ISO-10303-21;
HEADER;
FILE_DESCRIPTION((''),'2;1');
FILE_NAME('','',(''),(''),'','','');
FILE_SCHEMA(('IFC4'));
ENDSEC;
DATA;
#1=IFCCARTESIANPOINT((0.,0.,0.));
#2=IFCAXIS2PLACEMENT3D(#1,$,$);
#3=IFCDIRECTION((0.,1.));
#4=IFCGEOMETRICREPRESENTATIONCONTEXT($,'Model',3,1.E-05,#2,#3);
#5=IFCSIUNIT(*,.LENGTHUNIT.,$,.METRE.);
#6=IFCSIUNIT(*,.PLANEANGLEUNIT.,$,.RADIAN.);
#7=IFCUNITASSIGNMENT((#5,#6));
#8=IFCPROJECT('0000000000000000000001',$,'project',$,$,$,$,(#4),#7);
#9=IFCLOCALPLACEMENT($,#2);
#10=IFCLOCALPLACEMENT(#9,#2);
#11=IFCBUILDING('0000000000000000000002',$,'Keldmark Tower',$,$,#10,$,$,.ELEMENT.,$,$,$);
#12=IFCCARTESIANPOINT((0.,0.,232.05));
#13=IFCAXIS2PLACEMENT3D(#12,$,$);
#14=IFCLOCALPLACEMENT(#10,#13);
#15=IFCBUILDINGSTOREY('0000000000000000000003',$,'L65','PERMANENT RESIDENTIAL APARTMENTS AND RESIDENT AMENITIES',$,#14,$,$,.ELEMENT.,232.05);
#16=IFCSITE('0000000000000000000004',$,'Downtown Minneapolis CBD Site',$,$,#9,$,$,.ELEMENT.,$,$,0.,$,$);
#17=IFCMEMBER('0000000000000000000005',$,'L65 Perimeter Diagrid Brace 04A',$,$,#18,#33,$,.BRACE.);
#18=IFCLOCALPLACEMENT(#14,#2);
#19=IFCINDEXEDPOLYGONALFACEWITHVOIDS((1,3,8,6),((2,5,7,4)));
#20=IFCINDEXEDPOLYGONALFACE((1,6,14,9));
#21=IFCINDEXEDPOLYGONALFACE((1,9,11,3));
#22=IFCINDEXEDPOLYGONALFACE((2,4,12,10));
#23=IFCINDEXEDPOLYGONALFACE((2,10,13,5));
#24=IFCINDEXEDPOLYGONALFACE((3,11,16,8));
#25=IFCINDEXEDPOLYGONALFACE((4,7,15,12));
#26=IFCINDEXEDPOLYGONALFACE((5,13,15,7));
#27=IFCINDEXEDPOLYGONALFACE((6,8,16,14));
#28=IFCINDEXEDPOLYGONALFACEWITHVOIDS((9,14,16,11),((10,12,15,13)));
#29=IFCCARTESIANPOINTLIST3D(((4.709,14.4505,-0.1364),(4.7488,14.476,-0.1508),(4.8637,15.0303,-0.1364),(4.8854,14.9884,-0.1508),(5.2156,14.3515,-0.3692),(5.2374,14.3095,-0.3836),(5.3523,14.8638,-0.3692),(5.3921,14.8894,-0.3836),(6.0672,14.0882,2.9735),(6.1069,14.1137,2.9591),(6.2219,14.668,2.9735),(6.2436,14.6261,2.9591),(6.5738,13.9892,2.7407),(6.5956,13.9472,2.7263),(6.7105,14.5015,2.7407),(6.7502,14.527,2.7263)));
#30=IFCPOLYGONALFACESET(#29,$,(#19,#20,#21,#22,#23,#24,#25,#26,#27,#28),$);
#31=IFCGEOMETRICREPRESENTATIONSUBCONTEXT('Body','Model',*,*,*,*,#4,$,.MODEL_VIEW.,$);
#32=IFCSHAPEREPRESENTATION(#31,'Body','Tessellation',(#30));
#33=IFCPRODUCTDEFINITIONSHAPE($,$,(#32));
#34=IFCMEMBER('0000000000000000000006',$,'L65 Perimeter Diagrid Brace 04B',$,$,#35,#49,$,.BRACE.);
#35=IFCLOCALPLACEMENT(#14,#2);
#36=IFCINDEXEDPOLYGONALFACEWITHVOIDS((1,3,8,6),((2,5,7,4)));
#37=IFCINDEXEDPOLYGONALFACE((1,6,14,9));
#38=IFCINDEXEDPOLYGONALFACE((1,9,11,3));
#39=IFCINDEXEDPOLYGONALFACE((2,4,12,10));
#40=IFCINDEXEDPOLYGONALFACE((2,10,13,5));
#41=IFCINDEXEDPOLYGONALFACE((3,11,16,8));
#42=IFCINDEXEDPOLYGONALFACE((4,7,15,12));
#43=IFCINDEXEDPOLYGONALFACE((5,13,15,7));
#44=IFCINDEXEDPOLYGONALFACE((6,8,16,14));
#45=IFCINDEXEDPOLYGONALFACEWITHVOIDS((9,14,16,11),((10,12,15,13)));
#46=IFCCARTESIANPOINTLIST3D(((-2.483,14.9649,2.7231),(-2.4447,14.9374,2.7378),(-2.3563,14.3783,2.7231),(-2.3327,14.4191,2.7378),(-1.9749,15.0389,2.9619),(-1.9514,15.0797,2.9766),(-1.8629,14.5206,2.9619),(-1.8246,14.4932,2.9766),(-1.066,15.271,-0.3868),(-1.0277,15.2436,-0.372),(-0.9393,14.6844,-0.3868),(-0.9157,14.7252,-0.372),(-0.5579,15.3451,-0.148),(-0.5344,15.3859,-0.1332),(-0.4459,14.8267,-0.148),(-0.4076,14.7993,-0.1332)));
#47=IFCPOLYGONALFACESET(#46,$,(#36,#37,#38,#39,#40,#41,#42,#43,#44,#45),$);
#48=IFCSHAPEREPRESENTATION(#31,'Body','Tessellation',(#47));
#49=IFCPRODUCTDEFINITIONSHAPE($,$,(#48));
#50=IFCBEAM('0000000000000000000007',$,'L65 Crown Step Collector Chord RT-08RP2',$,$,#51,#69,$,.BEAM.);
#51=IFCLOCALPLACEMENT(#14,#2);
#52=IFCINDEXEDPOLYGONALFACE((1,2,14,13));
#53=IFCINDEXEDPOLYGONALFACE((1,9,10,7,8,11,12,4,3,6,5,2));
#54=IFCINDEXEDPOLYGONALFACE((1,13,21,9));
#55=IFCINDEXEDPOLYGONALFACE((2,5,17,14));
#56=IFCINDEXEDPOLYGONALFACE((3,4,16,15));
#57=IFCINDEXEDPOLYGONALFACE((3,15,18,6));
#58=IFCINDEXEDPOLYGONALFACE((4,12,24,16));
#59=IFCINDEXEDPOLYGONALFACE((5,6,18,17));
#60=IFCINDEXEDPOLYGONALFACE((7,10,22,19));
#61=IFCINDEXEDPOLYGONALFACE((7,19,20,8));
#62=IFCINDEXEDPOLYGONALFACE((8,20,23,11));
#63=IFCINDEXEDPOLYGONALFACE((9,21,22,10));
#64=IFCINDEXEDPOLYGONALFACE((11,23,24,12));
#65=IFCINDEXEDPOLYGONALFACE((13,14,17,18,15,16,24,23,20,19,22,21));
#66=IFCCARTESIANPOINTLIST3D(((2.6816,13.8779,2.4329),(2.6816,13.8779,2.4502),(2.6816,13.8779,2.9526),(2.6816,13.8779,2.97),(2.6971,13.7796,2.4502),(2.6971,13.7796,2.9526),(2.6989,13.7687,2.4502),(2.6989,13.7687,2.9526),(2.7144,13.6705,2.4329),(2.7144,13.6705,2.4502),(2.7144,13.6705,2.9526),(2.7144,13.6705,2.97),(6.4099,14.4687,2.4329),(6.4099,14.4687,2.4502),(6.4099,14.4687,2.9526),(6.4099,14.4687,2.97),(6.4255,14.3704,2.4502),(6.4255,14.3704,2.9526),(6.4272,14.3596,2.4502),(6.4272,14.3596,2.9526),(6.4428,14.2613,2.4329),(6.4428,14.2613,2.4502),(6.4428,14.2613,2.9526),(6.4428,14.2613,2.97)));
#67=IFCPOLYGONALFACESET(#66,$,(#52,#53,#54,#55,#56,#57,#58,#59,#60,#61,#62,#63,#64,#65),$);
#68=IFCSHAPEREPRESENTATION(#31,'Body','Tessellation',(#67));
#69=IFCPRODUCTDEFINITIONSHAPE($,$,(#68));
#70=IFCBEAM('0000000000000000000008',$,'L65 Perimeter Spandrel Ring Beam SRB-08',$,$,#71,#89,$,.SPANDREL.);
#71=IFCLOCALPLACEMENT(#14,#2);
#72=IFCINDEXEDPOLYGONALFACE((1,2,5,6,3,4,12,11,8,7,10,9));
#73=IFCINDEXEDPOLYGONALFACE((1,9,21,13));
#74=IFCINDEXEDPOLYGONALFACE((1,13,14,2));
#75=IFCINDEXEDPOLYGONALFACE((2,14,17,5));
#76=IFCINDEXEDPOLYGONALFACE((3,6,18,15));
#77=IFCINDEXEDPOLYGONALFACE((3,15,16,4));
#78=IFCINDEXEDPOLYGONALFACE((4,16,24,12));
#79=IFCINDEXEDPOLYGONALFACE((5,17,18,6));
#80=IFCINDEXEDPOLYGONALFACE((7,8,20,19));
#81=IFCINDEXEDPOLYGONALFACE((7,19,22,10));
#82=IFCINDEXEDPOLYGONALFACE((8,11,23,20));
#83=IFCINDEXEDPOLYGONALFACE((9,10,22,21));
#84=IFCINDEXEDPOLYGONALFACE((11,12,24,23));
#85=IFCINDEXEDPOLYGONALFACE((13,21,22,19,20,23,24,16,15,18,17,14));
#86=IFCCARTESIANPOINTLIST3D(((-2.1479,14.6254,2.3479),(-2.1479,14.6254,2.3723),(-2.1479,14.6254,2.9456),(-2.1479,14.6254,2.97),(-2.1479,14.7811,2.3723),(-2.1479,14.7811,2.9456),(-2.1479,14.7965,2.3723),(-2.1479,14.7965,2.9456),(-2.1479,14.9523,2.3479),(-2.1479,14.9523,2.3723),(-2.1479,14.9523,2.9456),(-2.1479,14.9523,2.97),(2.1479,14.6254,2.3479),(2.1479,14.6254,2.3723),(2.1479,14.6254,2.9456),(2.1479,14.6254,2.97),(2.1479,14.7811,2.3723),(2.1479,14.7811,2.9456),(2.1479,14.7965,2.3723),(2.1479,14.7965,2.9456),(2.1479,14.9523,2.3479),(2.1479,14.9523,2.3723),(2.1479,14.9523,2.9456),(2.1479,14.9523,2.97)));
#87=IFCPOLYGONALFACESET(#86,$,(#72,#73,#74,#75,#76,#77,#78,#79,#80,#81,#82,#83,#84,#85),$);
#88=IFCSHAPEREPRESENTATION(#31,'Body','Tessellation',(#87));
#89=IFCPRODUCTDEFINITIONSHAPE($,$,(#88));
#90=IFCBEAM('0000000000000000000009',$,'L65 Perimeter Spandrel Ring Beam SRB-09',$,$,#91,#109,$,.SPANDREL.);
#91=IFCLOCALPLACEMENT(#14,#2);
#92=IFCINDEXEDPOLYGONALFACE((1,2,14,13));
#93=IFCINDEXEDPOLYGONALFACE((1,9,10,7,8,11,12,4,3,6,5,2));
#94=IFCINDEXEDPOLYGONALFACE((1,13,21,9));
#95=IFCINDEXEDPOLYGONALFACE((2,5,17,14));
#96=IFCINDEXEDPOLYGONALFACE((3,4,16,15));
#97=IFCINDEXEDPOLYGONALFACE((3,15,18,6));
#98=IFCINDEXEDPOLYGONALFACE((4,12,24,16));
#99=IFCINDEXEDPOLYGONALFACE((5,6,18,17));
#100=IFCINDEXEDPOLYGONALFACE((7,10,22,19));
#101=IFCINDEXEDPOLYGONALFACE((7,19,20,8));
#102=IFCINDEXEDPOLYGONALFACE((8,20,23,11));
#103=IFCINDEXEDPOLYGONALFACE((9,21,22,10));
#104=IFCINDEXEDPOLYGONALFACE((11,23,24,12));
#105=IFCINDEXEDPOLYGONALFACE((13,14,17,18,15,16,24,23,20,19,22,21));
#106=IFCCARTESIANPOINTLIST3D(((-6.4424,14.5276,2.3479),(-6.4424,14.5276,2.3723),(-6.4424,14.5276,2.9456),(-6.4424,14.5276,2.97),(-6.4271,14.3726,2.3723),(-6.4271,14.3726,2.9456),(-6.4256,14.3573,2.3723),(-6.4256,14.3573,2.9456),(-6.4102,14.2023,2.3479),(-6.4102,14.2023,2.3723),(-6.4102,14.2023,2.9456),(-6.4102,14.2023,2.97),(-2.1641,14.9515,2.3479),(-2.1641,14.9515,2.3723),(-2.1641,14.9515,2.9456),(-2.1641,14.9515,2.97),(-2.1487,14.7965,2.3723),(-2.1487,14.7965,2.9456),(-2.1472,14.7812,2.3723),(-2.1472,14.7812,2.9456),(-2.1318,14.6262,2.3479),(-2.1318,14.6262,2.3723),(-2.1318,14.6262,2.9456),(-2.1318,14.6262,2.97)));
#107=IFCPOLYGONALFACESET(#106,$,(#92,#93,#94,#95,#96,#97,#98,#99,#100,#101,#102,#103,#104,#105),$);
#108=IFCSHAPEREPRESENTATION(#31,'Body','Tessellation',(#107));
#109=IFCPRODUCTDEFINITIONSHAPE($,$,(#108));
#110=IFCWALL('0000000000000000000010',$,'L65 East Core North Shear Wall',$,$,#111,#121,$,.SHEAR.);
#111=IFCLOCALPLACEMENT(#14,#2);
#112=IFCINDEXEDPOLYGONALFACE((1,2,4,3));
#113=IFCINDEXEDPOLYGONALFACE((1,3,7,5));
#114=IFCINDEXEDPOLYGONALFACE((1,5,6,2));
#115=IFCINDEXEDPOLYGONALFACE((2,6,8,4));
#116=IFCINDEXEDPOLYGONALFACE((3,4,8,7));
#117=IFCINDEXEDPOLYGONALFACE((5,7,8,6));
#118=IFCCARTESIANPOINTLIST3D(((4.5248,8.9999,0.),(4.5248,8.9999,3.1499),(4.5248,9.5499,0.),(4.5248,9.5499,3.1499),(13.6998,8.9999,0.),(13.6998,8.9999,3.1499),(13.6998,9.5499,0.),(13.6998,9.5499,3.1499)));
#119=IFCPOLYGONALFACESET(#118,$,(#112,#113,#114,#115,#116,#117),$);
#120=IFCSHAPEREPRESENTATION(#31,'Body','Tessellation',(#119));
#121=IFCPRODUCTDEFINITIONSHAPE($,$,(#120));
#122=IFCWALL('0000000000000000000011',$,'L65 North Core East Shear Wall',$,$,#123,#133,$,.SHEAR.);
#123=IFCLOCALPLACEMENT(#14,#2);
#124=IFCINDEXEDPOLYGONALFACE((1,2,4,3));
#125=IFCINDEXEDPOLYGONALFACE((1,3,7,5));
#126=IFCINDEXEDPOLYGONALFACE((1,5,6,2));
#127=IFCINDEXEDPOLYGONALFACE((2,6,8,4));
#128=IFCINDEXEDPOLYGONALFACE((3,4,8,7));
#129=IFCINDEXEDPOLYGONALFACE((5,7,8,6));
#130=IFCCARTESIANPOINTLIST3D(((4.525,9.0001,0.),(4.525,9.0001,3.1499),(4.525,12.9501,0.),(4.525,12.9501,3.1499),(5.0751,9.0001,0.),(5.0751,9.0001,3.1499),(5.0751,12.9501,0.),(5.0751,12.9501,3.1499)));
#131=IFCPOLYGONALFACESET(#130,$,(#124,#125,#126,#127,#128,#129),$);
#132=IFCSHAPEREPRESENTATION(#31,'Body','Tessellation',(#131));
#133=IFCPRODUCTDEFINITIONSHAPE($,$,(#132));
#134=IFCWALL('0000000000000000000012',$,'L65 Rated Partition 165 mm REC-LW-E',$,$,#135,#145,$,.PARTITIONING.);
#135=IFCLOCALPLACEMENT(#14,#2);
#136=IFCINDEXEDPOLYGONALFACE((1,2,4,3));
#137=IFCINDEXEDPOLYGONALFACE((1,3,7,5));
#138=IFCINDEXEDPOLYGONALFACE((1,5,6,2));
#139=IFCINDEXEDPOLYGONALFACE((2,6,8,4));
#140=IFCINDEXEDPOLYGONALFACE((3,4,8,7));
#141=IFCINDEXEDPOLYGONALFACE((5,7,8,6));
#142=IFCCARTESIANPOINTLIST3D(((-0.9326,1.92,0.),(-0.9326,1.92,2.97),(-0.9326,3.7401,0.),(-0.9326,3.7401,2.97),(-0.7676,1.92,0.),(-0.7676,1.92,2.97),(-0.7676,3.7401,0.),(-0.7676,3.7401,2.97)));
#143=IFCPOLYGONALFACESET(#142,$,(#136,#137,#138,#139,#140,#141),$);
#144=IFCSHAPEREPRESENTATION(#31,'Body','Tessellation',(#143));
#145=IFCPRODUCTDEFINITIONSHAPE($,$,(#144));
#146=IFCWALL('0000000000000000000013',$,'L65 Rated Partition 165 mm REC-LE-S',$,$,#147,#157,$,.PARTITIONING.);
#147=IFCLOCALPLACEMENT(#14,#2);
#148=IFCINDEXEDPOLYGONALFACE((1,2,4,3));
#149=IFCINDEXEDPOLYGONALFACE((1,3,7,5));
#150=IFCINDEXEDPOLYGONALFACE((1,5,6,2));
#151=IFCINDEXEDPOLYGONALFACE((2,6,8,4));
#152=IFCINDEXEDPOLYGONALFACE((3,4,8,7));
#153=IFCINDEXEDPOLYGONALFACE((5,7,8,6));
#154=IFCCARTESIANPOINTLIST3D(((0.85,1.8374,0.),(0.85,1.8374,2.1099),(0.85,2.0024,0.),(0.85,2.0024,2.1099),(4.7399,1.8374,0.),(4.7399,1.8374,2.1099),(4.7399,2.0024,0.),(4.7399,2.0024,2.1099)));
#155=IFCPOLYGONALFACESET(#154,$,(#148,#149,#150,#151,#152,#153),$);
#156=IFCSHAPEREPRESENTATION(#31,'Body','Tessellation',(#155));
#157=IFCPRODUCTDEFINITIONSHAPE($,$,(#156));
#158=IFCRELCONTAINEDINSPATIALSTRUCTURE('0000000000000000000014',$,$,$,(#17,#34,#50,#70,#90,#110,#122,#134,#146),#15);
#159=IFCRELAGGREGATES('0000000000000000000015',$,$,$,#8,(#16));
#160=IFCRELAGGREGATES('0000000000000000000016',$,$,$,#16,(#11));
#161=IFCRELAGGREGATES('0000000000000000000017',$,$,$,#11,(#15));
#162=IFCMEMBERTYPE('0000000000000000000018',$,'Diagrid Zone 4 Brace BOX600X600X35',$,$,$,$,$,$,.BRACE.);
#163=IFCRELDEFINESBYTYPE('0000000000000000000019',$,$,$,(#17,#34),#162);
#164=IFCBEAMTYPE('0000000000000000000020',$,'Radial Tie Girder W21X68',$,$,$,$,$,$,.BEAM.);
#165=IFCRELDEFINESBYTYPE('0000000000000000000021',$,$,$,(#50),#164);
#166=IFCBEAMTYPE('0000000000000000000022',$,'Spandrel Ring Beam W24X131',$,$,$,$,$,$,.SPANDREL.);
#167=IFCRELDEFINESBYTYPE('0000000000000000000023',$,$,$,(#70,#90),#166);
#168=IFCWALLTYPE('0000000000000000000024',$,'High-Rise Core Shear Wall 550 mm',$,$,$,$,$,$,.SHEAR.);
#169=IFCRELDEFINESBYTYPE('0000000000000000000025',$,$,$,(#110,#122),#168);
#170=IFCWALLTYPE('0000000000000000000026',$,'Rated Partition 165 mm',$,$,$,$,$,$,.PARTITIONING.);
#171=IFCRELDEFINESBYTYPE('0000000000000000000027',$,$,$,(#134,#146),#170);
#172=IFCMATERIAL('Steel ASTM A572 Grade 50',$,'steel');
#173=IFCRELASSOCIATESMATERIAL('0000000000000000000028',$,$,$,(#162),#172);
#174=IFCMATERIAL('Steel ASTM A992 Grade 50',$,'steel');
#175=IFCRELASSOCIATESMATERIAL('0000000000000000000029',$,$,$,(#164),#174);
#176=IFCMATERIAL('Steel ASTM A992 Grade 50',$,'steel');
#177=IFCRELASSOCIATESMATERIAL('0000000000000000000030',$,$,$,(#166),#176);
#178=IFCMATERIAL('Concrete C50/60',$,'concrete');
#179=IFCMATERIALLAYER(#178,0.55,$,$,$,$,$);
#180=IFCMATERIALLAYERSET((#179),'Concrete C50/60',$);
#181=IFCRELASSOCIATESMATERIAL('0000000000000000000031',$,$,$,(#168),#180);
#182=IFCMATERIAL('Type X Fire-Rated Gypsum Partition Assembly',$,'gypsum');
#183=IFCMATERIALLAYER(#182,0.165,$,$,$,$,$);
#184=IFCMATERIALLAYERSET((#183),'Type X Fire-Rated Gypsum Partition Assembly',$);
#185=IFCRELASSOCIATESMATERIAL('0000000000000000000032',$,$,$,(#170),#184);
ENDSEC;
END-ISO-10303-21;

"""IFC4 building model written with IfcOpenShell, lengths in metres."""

from ifc_helpers import new_model, si_unit, direction, frame, frame_2d, origin, origin_2d, place, context, subcontext, project, spatial, rectangle, hollow_rectangle, i_section, extrude, material, layer, layer_set, material_profile, profile_set, type_object, element, save


model = new_model("IFC4")

# Units and contexts
model_context = context("Model", 3, precision=1e-05, world=origin(), true_north=direction((0.0, 1.0)))
body_context = subcontext(model_context, "Body", "Model", "MODEL_VIEW")
ifc_project = project(units=[si_unit("LENGTHUNIT", "METRE"), si_unit("PLANEANGLEUNIT", "RADIAN")], contexts=[model_context])

# Site, building, storey
site_placement = place(None, origin())
site = spatial("IfcSite", under=ifc_project, at=site_placement, Name="Downtown Minneapolis CBD Site", CompositionType="ELEMENT", RefElevation=0.0)
building_placement = place(site_placement, origin())
building = spatial("IfcBuilding", under=site, at=building_placement, Name="Keldmark Tower", CompositionType="ELEMENT")
storey_placement = place(building_placement, frame((0.0, 0.0, 232.05)))
storey = spatial("IfcBuildingStorey", under=building, at=storey_placement, Name="L65", Description="PERMANENT RESIDENTIAL APARTMENTS AND RESIDENT AMENITIES", CompositionType="ELEMENT", Elevation=232.05)

# Members
ifc_material_1 = material(Name="Steel ASTM A572 Grade 50", Category="steel")
ifc_material_profile_1 = material_profile(ifc_material_1, hollow_rectangle(XDim=0.6001, YDim=0.6001, WallThickness=0.0349, at=origin_2d()), Name="BOX600X600X35")
ifc_profile_set_1 = profile_set([ifc_material_profile_1], Name="Steel ASTM A572 Grade 50")
member_type = type_object("IfcMemberType", Name="Diagrid Zone 4 Brace BOX600X600X35", PredefinedType="BRACE", material=ifc_profile_set_1)
member_1_placement = place(storey_placement, frame((5.0505, 14.6699, -0.26), z_axis=(0.397961, -0.106161, 0.911239), x_axis=(0.257749, 0.966212, 0.0)))
element("IfcMember", 1, at=member_1_placement, inside=storey, type_object=member_type, Name="L65 Perimeter Diagrid Brace 04A", PredefinedType="BRACE", context=body_context, shape_type="SweptSolid", body=[
    extrude(hollow_rectangle(XDim=0.6001, YDim=0.6001, WallThickness=0.0349, at=origin_2d()), origin(), (0.0, 0.0, 1.0), 3.4128),
])
member_2_placement = place(storey_placement, frame((-0.7368, 15.0352, -0.26), z_axis=(-0.412978, -0.089227, 0.90636), x_axis=(0.211185, -0.977446, 0.0)))
element("IfcMember", 2, at=member_2_placement, inside=storey, type_object=member_type, Name="L65 Perimeter Diagrid Brace 04B", PredefinedType="BRACE", context=body_context, shape_type="SweptSolid", body=[
    extrude(hollow_rectangle(XDim=0.6001, YDim=0.6001, WallThickness=0.0349, at=origin_2d()), origin(), (0.0, 0.0, 1.0), 3.4312),
])

# Beams
ifc_material_2 = material(Name="Steel ASTM A992 Grade 50", Category="steel")
ifc_material_profile_2 = material_profile(ifc_material_2, i_section(OverallWidth=0.21, OverallDepth=0.5371, WebThickness=0.011, FlangeThickness=0.0173, at=origin_2d()), Name="W21X68")
ifc_profile_set_2 = profile_set([ifc_material_profile_2], Name="Steel ASTM A992 Grade 50")
beam_type_1 = type_object("IfcBeamType", Name="Radial Tie Girder W21X68", PredefinedType="BEAM", material=ifc_profile_set_2)
beam_1_placement = place(storey_placement, frame((2.698, 13.7742, 2.7014), z_axis=(0.987675, 0.156517, 0.0), x_axis=(-0.156517, 0.987675, 0.0)))
element("IfcBeam", 3, at=beam_1_placement, inside=storey, type_object=beam_type_1, Name="L65 Crown Step Collector Chord RT-08RP2", PredefinedType="BEAM", context=body_context, shape_type="SweptSolid", body=[
    extrude(i_section(OverallWidth=0.21, OverallDepth=0.5371, WebThickness=0.011, FlangeThickness=0.0173, at=origin_2d()), origin(), (0.0, 0.0, 1.0), 3.7749),
])
ifc_material_3 = material(Name="Steel ASTM A992 Grade 50", Category="steel")
ifc_material_profile_3 = material_profile(ifc_material_3, i_section(OverallWidth=0.3269, OverallDepth=0.6221, WebThickness=0.0154, FlangeThickness=0.0244, at=origin_2d()), Name="W24X131")
ifc_profile_set_3 = profile_set([ifc_material_profile_3], Name="Steel ASTM A992 Grade 50")
beam_type_2 = type_object("IfcBeamType", Name="Spandrel Ring Beam W24X131", PredefinedType="SPANDREL", material=ifc_profile_set_3)
beam_2_placement = place(storey_placement, frame((2.1479, 14.7888, 2.6589), z_axis=(-1.0, 0.0, 0.0), x_axis=(0.0, -1.0, 0.0)))
element("IfcBeam", 4, at=beam_2_placement, inside=storey, type_object=beam_type_2, Name="L65 Perimeter Spandrel Ring Beam SRB-08", PredefinedType="SPANDREL", context=body_context, shape_type="SweptSolid", body=[
    extrude(i_section(OverallWidth=0.3269, OverallDepth=0.6221, WebThickness=0.0154, FlangeThickness=0.0244, at=origin_2d()), origin(), (0.0, 0.0, 1.0), 4.2959),
])
beam_3_placement = place(storey_placement, frame((-2.1479, 14.7888, 2.6589), z_axis=(-0.995129, -0.098582, 0.0), x_axis=(0.098582, -0.995129, 0.0)))
element("IfcBeam", 5, at=beam_3_placement, inside=storey, type_object=beam_type_2, Name="L65 Perimeter Spandrel Ring Beam SRB-09", PredefinedType="SPANDREL", context=body_context, shape_type="SweptSolid", body=[
    extrude(i_section(OverallWidth=0.3269, OverallDepth=0.6221, WebThickness=0.0154, FlangeThickness=0.0244, at=origin_2d()), origin(), (0.0, 0.0, 1.0), 4.2993),
])

# Walls
ifc_material_4 = material(Name="Concrete C50/60", Category="concrete")
ifc_layer_1 = layer(ifc_material_4, 0.55)
ifc_layer_set_1 = layer_set([ifc_layer_1], Name="Concrete C50/60")
wall_type_1 = type_object("IfcWallType", Name="High-Rise Core Shear Wall 550 mm", PredefinedType="SHEAR", material=ifc_layer_set_1)
wall_1_placement = place(storey_placement, frame((4.5249, 9.2749, 0.0), z_axis=(0.0, 0.0, 1.0), x_axis=(1.0, 0.0, 0.0)))
element("IfcWall", 6, at=wall_1_placement, inside=storey, type_object=wall_type_1, Name="L65 East Core North Shear Wall", PredefinedType="SHEAR", context=body_context, shape_type="SweptSolid", body=[
    extrude(rectangle(XDim=9.175, YDim=0.55, at=frame_2d((4.5874, 0.0))), origin(), (0.0, 0.0, 1.0), 3.1499),
])
wall_2_placement = place(storey_placement, frame((4.8, 9.0, 0.0), z_axis=(0.0, 0.0, 1.0), x_axis=(0.0, 1.0, 0.0)))
element("IfcWall", 7, at=wall_2_placement, inside=storey, type_object=wall_type_1, Name="L65 North Core East Shear Wall", PredefinedType="SHEAR", context=body_context, shape_type="SweptSolid", body=[
    extrude(rectangle(XDim=3.95, YDim=0.55, at=frame_2d((1.9751, 0.0))), origin(), (0.0, 0.0, 1.0), 3.1499),
])
ifc_material_5 = material(Name="Type X Fire-Rated Gypsum Partition Assembly", Category="gypsum")
ifc_layer_2 = layer(ifc_material_5, 0.165)
ifc_layer_set_2 = layer_set([ifc_layer_2], Name="Type X Fire-Rated Gypsum Partition Assembly")
wall_type_2 = type_object("IfcWallType", Name="Rated Partition 165 mm", PredefinedType="PARTITIONING", material=ifc_layer_set_2)
wall_3_placement = place(storey_placement, frame((-0.8501, 1.9199, 0.0), z_axis=(0.0, 0.0, 1.0), x_axis=(0.0, 1.0, 0.0)))
element("IfcWall", 8, at=wall_3_placement, inside=storey, type_object=wall_type_2, Name="L65 Rated Partition 165 mm REC-LW-E", PredefinedType="PARTITIONING", context=body_context, shape_type="SweptSolid", body=[
    extrude(rectangle(XDim=1.8201, YDim=0.165, at=frame_2d((0.9102, 0.0))), origin(), (0.0, 0.0, 1.0), 2.97),
])
wall_4_placement = place(storey_placement, frame((0.8501, 1.9199, 0.0), z_axis=(0.0, 0.0, 1.0), x_axis=(1.0, 0.0, 0.0)))
element("IfcWall", 9, at=wall_4_placement, inside=storey, type_object=wall_type_2, Name="L65 Rated Partition 165 mm REC-LE-S", PredefinedType="PARTITIONING", context=body_context, shape_type="SweptSolid", body=[
    extrude(rectangle(XDim=3.8899, YDim=0.165, at=frame_2d((1.9448, 0.0))), origin(), (0.0, 0.0, 1.0), 2.1099),
])

save(model, "model.ifc")
